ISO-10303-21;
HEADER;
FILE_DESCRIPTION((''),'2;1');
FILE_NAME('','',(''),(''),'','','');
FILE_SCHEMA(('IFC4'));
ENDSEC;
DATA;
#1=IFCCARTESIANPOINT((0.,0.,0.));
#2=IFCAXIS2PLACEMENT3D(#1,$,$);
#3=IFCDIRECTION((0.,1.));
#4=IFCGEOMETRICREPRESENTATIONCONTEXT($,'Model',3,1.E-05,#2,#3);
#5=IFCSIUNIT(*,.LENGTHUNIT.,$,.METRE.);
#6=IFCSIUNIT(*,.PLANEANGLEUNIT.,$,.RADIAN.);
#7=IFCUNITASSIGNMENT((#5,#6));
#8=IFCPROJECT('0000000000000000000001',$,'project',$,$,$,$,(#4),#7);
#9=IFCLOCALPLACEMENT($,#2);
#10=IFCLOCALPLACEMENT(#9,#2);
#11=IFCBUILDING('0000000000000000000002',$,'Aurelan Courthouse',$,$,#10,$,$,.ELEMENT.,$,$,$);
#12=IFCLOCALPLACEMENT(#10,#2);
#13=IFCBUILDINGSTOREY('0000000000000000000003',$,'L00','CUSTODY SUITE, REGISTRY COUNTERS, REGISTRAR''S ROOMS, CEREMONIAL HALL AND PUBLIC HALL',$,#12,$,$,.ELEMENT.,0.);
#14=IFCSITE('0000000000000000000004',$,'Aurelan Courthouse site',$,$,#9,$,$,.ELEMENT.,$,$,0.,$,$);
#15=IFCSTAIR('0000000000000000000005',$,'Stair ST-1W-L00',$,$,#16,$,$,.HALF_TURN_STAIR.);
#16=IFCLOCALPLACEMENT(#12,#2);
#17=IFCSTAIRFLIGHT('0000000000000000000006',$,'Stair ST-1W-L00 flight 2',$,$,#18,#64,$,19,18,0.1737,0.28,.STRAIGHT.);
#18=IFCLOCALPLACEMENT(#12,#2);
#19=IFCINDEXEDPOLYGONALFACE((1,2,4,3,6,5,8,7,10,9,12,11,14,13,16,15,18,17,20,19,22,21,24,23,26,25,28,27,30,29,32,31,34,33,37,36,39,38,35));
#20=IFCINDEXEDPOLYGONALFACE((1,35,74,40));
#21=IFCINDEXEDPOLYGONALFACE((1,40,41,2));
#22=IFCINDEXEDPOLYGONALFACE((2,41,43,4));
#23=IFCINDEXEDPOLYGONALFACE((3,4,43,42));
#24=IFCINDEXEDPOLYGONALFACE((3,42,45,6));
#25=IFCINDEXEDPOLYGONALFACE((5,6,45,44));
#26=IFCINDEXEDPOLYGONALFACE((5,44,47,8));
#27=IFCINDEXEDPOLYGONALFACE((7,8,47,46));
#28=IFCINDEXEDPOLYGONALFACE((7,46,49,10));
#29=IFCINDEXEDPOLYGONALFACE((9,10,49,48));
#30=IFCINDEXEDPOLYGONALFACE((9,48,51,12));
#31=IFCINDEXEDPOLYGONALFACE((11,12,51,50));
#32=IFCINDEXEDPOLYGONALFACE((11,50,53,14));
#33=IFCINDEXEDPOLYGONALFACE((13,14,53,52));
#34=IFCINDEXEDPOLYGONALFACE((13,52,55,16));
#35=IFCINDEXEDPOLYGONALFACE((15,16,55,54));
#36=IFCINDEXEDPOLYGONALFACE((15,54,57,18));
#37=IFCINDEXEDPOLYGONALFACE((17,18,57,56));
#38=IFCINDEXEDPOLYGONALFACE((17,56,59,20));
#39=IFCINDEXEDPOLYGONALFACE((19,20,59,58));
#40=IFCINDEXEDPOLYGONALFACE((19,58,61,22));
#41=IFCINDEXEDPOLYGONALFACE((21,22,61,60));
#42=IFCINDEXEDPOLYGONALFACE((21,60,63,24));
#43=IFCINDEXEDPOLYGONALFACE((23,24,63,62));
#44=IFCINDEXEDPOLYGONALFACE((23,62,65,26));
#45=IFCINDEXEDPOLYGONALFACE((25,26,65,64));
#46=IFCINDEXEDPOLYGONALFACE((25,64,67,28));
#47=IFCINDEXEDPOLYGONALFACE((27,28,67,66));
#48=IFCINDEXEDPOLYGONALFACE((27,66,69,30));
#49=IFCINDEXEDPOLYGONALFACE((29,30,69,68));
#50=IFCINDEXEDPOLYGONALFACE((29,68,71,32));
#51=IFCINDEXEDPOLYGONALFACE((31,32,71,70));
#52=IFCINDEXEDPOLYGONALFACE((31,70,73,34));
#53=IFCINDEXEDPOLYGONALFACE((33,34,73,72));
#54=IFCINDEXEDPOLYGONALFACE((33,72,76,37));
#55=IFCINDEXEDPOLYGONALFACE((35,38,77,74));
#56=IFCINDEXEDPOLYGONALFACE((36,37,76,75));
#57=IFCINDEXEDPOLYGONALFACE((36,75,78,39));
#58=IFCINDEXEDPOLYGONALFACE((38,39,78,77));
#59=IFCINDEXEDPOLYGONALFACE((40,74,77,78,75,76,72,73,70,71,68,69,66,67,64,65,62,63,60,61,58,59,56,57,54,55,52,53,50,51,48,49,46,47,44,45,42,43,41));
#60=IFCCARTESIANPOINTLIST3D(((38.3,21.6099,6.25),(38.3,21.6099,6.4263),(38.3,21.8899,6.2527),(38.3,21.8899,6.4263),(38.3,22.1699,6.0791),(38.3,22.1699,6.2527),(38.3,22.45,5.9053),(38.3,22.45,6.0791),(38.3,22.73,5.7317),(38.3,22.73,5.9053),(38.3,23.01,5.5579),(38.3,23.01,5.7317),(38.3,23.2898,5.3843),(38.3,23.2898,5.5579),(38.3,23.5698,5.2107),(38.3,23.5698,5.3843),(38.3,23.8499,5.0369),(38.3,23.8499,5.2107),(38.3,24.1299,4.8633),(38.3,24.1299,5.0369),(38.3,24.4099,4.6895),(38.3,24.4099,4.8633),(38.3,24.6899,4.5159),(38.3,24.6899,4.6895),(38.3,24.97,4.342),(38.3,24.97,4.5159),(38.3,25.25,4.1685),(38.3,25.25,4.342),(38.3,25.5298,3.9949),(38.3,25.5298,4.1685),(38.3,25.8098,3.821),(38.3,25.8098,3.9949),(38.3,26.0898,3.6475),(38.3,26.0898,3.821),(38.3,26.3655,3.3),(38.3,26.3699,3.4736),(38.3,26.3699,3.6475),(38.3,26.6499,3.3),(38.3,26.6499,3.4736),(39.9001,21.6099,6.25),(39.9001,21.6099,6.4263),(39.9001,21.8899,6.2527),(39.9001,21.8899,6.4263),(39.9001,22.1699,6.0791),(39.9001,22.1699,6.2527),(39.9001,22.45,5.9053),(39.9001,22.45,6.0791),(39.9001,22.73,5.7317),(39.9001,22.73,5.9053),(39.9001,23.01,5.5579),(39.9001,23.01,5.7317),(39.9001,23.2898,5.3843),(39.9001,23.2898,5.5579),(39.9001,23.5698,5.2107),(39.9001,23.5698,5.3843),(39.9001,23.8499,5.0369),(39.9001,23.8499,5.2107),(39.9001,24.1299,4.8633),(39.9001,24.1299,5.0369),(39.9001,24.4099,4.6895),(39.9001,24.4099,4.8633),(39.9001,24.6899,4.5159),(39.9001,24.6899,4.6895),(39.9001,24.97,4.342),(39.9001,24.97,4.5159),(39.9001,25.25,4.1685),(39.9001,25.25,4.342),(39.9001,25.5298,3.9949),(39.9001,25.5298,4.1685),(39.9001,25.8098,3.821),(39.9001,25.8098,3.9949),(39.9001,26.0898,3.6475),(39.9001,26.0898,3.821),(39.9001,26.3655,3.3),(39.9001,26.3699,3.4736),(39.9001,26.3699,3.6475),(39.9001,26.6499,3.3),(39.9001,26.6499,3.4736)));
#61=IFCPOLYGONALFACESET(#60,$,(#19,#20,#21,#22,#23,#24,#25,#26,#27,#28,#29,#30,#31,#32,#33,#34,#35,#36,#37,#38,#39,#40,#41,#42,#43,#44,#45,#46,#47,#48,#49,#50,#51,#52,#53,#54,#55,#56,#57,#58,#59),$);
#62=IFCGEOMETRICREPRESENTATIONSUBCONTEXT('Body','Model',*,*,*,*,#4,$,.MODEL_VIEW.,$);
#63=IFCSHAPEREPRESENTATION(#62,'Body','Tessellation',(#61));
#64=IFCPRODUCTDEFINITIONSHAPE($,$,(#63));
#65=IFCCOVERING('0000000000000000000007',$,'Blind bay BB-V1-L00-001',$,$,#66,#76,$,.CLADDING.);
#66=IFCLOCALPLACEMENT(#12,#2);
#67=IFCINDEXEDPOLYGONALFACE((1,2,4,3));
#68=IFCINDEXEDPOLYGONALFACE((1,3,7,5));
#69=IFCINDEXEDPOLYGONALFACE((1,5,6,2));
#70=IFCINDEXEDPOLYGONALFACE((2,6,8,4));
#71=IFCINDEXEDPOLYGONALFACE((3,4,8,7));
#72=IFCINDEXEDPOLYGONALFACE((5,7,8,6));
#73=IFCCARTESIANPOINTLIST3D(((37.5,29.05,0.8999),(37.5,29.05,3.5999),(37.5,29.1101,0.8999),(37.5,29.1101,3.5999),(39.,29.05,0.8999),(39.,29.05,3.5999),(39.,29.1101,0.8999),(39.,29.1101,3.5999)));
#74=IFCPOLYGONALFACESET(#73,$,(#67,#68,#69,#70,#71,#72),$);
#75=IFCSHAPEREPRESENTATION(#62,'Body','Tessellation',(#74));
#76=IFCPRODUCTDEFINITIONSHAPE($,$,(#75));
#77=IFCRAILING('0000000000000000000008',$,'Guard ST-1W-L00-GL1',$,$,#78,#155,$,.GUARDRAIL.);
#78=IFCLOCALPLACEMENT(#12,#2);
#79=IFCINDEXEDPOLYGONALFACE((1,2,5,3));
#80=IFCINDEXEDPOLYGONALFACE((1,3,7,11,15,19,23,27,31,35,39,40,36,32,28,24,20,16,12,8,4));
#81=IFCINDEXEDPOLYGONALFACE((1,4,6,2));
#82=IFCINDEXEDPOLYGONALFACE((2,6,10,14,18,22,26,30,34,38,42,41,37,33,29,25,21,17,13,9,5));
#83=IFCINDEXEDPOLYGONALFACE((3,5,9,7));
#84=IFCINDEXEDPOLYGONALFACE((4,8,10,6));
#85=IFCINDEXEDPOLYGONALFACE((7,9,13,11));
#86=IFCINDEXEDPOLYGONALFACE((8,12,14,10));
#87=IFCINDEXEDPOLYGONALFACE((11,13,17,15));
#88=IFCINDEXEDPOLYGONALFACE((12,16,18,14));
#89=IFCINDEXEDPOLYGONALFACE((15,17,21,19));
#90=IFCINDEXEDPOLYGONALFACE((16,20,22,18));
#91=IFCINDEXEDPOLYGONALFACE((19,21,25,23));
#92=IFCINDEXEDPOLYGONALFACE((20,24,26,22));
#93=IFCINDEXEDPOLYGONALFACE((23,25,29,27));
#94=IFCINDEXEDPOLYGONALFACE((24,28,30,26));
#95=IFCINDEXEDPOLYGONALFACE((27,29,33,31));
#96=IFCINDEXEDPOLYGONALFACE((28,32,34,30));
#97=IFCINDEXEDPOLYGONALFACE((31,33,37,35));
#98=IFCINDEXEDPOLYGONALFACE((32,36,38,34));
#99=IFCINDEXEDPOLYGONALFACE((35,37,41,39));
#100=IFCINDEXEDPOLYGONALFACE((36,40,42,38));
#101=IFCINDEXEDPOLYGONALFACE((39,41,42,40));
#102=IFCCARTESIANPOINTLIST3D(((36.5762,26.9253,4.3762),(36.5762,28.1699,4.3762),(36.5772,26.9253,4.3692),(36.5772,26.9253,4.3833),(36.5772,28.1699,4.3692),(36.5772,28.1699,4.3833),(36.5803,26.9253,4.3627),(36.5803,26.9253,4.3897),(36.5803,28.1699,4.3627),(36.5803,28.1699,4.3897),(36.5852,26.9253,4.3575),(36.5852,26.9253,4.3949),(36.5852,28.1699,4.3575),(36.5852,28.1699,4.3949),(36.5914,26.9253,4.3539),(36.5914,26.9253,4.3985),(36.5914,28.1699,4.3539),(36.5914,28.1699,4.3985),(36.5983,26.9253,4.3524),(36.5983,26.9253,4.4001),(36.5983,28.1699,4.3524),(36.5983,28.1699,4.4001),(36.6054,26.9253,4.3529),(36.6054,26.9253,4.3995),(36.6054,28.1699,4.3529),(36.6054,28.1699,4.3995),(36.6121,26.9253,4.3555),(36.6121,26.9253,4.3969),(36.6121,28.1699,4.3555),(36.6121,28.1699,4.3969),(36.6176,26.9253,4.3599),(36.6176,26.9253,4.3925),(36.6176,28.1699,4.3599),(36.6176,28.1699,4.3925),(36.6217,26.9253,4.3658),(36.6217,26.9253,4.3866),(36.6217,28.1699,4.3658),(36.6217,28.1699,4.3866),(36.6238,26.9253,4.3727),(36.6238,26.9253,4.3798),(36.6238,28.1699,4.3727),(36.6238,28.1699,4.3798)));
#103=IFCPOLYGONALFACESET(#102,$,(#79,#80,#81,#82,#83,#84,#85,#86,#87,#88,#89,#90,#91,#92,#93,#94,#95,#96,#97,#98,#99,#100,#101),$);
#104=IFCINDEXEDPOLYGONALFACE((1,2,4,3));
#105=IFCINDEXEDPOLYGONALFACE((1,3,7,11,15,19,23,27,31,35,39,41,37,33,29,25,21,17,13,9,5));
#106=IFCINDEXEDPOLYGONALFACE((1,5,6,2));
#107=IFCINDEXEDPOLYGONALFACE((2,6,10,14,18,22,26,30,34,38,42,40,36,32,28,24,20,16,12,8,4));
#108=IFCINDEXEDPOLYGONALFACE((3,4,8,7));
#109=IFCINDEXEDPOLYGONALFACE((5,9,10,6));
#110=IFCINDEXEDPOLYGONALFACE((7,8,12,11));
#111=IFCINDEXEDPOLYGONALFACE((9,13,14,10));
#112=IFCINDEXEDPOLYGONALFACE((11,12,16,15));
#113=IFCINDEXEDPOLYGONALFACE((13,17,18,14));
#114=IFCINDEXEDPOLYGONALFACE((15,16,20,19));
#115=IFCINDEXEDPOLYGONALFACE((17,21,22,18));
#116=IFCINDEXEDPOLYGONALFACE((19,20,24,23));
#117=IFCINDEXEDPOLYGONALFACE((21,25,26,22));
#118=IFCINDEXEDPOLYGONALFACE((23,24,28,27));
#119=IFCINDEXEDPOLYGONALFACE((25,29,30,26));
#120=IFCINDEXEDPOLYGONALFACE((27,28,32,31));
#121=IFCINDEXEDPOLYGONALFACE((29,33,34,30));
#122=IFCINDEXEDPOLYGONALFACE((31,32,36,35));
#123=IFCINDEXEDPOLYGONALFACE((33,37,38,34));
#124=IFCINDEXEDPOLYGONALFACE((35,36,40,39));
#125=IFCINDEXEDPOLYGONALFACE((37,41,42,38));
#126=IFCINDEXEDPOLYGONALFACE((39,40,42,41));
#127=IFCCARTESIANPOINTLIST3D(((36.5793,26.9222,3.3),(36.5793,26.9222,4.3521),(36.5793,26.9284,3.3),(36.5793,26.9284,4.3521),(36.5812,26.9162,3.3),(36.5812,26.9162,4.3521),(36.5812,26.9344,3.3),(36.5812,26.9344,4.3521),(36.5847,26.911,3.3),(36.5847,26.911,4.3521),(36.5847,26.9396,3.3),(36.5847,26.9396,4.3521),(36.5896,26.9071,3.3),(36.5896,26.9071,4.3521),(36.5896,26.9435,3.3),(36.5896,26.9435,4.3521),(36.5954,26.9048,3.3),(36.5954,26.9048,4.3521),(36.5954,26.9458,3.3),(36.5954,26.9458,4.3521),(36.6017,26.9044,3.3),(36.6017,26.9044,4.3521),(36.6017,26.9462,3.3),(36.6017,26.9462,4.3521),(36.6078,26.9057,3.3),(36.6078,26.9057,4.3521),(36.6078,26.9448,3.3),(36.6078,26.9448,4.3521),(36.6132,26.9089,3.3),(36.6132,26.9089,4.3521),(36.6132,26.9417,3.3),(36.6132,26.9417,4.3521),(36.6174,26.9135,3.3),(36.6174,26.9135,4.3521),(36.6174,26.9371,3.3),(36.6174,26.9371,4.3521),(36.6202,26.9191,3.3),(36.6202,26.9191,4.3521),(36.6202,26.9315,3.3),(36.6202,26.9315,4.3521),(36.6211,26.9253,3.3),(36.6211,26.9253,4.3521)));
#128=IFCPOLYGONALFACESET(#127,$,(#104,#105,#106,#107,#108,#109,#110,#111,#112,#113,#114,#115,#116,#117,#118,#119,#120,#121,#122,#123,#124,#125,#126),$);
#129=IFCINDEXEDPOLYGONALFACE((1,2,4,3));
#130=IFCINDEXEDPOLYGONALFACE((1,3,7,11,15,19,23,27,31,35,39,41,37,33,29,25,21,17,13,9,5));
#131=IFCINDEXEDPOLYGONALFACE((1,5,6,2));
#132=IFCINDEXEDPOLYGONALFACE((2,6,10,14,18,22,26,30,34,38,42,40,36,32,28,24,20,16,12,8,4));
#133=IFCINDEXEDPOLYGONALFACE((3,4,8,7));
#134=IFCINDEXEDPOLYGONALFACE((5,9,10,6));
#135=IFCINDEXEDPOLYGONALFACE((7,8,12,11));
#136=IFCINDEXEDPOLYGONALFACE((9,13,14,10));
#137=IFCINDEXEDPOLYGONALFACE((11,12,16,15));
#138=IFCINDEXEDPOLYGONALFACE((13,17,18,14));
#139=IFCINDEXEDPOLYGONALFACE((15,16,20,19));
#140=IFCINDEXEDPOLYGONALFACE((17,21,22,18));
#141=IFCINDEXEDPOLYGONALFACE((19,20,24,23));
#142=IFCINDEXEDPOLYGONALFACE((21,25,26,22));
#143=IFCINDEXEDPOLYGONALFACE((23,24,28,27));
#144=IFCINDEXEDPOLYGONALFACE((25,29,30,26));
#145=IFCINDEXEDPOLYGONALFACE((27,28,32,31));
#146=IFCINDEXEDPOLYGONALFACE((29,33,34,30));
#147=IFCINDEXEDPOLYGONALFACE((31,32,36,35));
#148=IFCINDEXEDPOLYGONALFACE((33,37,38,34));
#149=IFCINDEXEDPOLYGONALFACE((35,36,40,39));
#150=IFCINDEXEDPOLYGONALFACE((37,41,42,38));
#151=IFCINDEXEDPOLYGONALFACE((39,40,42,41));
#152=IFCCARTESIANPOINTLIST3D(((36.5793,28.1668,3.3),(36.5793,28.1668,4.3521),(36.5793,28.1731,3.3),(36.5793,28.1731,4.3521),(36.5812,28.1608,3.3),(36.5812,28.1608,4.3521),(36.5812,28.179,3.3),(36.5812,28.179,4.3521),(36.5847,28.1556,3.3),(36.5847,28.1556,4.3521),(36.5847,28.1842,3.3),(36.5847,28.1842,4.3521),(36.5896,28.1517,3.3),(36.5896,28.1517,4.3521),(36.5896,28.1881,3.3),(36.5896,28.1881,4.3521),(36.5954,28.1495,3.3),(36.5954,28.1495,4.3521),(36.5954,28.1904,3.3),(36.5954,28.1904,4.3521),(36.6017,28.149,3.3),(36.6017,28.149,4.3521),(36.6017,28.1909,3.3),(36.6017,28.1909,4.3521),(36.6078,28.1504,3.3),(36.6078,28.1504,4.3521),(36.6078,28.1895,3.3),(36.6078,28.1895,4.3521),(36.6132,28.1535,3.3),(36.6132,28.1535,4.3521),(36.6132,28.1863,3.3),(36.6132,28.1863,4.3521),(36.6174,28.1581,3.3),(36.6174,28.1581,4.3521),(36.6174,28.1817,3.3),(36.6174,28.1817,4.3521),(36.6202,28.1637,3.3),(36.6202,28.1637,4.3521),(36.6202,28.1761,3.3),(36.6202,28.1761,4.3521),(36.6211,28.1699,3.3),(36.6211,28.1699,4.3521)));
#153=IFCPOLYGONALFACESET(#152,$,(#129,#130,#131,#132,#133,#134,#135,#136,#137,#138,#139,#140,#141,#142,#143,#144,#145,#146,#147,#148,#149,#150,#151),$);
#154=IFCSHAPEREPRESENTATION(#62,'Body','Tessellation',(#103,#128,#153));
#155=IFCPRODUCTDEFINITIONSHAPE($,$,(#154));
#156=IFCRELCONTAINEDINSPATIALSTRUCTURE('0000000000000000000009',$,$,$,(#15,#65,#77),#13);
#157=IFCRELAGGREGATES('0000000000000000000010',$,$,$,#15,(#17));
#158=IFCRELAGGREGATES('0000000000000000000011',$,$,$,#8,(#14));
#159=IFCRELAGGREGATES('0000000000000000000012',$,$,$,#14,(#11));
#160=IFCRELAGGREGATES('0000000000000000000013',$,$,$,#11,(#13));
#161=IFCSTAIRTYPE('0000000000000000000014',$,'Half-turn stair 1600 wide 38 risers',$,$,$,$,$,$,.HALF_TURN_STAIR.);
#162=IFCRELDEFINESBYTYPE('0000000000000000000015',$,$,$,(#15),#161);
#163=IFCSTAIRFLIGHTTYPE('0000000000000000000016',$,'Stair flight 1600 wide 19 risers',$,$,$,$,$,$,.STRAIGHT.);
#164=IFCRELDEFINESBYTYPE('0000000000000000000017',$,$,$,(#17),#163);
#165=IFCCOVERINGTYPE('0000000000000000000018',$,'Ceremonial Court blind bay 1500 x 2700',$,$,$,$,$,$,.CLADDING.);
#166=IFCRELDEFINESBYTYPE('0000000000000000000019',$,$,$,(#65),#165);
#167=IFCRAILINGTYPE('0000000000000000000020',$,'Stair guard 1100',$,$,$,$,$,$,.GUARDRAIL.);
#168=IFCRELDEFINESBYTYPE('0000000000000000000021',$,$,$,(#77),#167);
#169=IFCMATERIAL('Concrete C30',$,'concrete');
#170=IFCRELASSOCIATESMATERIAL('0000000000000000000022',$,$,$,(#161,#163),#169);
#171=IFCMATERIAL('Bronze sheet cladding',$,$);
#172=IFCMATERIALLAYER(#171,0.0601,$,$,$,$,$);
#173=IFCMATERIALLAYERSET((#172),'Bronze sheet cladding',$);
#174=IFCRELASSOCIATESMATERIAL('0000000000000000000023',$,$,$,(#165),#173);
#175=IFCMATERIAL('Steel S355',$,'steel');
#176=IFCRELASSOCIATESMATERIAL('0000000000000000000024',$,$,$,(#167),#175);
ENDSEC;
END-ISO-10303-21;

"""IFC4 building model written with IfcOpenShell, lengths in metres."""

from ifc_helpers import new_model, si_unit, direction, frame, origin, origin_2d, place, context, subcontext, project, spatial, polyline, rectangle, circle, outline, extrude, material, layer, layer_set, type_object, element, aggregate, save


model = new_model("IFC4")

# Units and contexts
model_context = context("Model", 3, precision=1e-05, world=origin(), true_north=direction((0.0, 1.0)))
body_context = subcontext(model_context, "Body", "Model", "MODEL_VIEW")
ifc_project = project(units=[si_unit("LENGTHUNIT", "METRE"), si_unit("PLANEANGLEUNIT", "RADIAN")], contexts=[model_context])

# Site, building, storey
site_placement = place(None, origin())
site = spatial("IfcSite", under=ifc_project, at=site_placement, Name="Aurelan Courthouse site", CompositionType="ELEMENT", RefElevation=0.0)
building_placement = place(site_placement, origin())
building = spatial("IfcBuilding", under=site, at=building_placement, Name="Aurelan Courthouse", CompositionType="ELEMENT")
storey_placement = place(building_placement, origin())
storey = spatial("IfcBuildingStorey", under=building, at=storey_placement, Name="L00", Description="CUSTODY SUITE, REGISTRY COUNTERS, REGISTRAR'S ROOMS, CEREMONIAL HALL AND PUBLIC HALL", CompositionType="ELEMENT", Elevation=0.0)

# Shared definitions
ifc_material_1 = material(Name="Concrete C30", Category="concrete")

# Stair, stair flight
stair_type = type_object("IfcStairType", Name="Half-turn stair 1600 wide 38 risers", PredefinedType="HALF_TURN_STAIR", material=ifc_material_1)
stair_placement = place(storey_placement, origin())
stair = element("IfcStair", 1, at=stair_placement, inside=storey, type_object=stair_type, Name="Stair ST-1W-L00", PredefinedType="HALF_TURN_STAIR")
stair_flight_type = type_object("IfcStairFlightType", Name="Stair flight 1600 wide 19 risers", PredefinedType="STRAIGHT", material=ifc_material_1)
stair_flight_1_placement = place(storey_placement, frame((39.1001, 26.6499, 3.3), z_axis=(0.0, 0.0, 1.0), x_axis=(0.0, -1.0, 0.0)))
stair_flight_1 = element("IfcStairFlight", 2, at=stair_flight_1_placement, type_object=stair_flight_type, Name="Stair ST-1W-L00 flight 2", NumberOfRisers=19, NumberOfTreads=18, PredefinedType="STRAIGHT", RiserHeight=0.1737, TreadLength=0.28, context=body_context, shape_type="SweptSolid", body=[
    extrude(outline(polyline([(0.0, 0.0), (0.0, 0.1736), (0.28, 0.1736), (0.28, 0.3474), (0.5601, 0.3474), (0.5601, 0.521), (0.8401, 0.521), (0.8401, 0.6948), (1.1201, 0.6948), (1.1201, 0.8684), (1.3999, 0.8684), (1.3999, 1.042), (1.6799, 1.042), (1.6799, 1.2158), (1.96, 1.2158), (1.96, 1.3894), (2.24, 1.3894), (2.24, 1.5632), (2.52, 1.5632), (2.52, 1.7368), (2.8, 1.7368), (2.8, 1.9106), (3.0801, 1.9106), (3.0801, 2.0842), (3.3601, 2.0842), (3.3601, 2.2578), (3.6399, 2.2578), (3.6399, 2.4316), (3.9199, 2.4316), (3.9199, 2.6052), (4.2, 2.6052), (4.2, 2.7791), (4.48, 2.7791), (4.48, 2.9526), (4.76, 2.9526), (4.76, 3.1262), (5.04, 3.1262), (5.04, 3.3), (5.04, 2.95), (0.2844, 0.0), (0.0, 0.0)])), frame((0.0, 0.8, 0.0), z_axis=(0.0, -1.0, 0.0), x_axis=(1.0, 0.0, 0.0)), (0.0, 0.0, 1.0), 1.6001),
])
aggregate(stair, [stair_flight_1])

# Covering
ifc_material_2 = material(Name="Bronze sheet cladding")
ifc_layer_1 = layer(ifc_material_2, 0.0601)
ifc_layer_set_1 = layer_set([ifc_layer_1], Name="Bronze sheet cladding")
covering_type = type_object("IfcCoveringType", Name="Ceremonial Court blind bay 1500 x 2700", PredefinedType="CLADDING", material=ifc_layer_set_1)
covering_placement = place(storey_placement, frame((38.25, 29.0801, 0.8999), z_axis=(0.0, 0.0, 1.0), x_axis=(1.0, 0.0, 0.0)))
element("IfcCovering", 3, at=covering_placement, inside=storey, type_object=covering_type, Name="Blind bay BB-V1-L00-001", PredefinedType="CLADDING", context=body_context, shape_type="SweptSolid", body=[
    extrude(rectangle(XDim=1.5, YDim=0.0601, at=origin_2d()), origin(), (0.0, 0.0, 1.0), 2.7),
])

# Railing
ifc_material_3 = material(Name="Steel S355", Category="steel")
railing_type_1 = type_object("IfcRailingType", Name="Stair guard 1100", PredefinedType="GUARDRAIL", material=ifc_material_3)
railing_placement = place(storey_placement, frame((36.6001, 26.9253, 3.3)))
element("IfcRailing", 4, at=railing_placement, inside=storey, type_object=railing_type_1, Name="Guard ST-1W-L00-GL1", PredefinedType="GUARDRAIL", context=body_context, shape_type="SweptSolid", body=[
    extrude(circle(Radius=0.0239, at=origin_2d()), frame((0.0, 0.0, 1.0762), z_axis=(0.0, 1.0, 0.0), x_axis=(-1.0, 0.0, 0.0)), (0.0, 0.0, 1.0), 1.2446),
    extrude(circle(Radius=0.021, at=origin_2d()), origin(), (0.0, 0.0, 1.0), 1.052),
    extrude(circle(Radius=0.021, at=origin_2d()), frame((0.0, 1.2446, 0.0)), (0.0, 0.0, 1.0), 1.052),
])

save(model, "model.ifc")
